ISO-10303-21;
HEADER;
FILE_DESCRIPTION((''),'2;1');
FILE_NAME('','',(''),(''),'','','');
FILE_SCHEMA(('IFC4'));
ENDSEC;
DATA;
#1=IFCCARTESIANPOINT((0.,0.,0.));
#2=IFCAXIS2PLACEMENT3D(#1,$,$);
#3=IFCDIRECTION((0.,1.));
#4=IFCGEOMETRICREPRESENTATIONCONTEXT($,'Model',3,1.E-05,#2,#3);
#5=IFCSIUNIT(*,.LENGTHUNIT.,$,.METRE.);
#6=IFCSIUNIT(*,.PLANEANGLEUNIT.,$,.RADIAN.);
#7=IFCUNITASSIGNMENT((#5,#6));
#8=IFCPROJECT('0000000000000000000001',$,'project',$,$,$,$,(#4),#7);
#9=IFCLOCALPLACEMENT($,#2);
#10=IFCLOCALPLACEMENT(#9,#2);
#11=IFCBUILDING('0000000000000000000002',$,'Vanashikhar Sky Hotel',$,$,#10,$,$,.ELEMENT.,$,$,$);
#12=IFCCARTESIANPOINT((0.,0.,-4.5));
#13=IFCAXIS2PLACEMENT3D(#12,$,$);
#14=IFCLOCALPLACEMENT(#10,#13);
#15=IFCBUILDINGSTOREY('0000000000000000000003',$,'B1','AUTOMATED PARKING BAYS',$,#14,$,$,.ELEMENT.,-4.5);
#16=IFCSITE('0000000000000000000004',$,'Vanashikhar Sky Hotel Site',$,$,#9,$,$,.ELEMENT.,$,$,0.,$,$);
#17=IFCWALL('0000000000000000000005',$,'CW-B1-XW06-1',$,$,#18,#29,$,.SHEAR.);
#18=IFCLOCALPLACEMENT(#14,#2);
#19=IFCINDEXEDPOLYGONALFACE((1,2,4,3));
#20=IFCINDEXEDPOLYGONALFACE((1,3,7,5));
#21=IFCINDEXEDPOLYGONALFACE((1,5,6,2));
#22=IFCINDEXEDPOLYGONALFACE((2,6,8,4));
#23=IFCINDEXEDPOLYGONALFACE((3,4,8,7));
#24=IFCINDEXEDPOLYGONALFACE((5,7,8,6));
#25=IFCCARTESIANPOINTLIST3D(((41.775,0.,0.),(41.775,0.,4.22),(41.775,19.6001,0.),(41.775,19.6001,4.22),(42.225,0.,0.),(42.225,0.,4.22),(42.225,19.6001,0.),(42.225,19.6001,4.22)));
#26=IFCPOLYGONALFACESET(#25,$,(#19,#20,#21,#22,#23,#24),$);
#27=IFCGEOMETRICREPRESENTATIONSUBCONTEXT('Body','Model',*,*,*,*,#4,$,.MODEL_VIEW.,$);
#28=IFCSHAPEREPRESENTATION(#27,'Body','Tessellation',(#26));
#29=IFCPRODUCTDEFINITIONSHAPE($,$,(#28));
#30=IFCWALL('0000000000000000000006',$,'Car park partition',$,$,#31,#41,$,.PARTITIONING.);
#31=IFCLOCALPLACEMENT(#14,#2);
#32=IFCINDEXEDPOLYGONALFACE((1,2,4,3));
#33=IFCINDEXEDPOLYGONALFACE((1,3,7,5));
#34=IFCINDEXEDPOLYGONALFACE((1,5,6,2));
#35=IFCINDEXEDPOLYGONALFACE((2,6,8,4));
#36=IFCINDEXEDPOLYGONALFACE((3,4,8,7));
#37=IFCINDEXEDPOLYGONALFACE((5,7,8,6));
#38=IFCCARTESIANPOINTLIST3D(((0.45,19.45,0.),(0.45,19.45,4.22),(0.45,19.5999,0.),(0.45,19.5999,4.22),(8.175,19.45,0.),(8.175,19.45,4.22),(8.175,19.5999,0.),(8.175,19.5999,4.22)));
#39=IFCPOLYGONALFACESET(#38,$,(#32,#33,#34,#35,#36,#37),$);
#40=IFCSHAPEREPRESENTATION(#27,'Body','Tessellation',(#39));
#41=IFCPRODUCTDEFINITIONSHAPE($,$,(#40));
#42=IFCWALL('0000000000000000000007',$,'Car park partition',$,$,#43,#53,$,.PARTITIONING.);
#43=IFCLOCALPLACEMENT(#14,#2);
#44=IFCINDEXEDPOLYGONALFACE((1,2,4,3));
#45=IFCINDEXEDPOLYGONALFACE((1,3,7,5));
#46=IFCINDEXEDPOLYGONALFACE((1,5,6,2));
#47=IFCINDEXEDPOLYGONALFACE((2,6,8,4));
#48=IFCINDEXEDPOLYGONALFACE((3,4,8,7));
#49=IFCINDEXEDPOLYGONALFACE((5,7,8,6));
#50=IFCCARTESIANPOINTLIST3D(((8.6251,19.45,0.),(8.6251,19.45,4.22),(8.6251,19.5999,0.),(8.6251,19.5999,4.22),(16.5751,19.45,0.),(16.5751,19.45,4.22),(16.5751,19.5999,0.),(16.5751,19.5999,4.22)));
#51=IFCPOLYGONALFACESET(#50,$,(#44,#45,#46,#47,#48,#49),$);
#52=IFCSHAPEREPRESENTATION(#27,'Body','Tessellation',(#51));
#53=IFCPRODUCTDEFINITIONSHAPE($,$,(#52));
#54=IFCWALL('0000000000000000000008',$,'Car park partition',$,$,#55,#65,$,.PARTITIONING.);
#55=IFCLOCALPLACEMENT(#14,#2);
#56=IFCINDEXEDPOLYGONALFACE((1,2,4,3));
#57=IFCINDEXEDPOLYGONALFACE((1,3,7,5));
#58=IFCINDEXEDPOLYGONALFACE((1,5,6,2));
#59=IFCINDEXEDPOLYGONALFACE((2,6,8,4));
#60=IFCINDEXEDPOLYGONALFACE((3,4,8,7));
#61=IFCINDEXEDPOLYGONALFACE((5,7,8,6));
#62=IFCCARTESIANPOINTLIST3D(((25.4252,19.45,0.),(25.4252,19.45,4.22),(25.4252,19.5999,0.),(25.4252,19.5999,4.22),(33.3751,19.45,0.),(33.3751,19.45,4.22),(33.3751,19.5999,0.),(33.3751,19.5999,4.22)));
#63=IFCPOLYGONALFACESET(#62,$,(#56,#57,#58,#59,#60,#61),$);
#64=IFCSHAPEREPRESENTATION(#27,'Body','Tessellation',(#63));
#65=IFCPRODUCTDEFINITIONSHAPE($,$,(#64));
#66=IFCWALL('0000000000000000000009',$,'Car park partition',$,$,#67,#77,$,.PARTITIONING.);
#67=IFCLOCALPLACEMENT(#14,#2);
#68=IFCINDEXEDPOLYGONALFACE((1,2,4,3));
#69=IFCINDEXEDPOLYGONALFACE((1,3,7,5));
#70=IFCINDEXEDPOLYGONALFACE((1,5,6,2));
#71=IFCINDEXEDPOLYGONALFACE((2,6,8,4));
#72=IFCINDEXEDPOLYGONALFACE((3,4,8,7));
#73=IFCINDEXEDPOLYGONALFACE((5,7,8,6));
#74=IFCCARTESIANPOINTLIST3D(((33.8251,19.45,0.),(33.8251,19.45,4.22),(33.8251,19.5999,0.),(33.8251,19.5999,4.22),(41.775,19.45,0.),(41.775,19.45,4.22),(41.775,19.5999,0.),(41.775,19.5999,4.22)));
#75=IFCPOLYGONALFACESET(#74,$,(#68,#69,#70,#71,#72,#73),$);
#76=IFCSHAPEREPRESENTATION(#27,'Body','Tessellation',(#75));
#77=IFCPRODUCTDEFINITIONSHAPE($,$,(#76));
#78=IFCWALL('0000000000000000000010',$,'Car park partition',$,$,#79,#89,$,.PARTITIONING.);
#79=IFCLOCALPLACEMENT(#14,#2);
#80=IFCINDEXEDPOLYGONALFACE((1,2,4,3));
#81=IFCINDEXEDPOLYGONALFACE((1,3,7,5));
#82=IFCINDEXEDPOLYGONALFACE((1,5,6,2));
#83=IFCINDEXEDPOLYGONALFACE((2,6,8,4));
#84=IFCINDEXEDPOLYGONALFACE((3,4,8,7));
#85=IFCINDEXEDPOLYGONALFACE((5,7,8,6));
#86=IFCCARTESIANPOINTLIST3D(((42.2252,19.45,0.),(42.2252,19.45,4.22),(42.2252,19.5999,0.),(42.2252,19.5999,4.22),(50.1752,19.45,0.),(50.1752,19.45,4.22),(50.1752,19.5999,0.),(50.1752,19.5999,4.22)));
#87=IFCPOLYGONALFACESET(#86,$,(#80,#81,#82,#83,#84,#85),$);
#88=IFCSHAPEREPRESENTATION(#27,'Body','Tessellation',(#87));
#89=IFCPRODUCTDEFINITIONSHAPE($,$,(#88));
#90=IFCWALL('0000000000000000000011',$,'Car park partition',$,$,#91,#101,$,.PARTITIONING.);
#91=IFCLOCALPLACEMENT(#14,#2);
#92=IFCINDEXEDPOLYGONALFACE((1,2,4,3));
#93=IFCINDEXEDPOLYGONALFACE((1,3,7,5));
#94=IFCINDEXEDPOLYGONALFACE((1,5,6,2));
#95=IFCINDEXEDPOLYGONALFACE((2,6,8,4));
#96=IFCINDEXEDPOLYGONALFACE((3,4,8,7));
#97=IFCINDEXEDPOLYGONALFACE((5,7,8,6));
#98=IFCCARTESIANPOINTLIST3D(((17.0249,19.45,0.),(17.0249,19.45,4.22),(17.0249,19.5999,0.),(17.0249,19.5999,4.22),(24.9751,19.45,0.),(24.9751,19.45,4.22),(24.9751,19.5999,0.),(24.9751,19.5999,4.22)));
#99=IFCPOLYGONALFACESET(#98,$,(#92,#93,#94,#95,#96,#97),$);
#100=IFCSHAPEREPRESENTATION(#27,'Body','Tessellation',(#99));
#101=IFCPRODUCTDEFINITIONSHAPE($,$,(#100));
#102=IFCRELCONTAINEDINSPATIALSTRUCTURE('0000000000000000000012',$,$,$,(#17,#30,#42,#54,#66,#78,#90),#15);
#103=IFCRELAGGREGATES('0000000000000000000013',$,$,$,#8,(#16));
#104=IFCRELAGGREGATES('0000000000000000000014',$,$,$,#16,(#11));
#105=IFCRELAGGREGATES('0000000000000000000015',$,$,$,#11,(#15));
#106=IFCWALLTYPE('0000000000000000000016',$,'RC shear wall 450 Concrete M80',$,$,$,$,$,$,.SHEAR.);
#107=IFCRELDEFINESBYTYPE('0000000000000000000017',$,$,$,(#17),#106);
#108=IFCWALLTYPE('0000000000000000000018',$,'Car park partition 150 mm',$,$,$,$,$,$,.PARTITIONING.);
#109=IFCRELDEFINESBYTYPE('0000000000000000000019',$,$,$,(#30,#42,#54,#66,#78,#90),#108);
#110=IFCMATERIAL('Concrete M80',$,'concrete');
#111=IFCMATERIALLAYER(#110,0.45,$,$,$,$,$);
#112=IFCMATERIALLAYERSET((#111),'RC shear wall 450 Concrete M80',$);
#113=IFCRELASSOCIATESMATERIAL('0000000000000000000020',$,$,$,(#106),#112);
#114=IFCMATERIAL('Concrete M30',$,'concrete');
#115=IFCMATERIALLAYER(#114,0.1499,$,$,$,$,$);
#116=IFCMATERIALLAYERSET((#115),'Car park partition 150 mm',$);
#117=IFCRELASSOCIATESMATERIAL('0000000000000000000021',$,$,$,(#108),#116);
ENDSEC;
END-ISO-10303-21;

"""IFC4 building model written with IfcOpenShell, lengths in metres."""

from ifc_helpers import new_model, si_unit, direction, frame, frame_2d, origin, place, context, subcontext, project, spatial, rectangle, extrude, source, transform, mapped, material, layer, layer_set, type_object, element, save


model = new_model("IFC4")

# Units and contexts
model_context = context("Model", 3, precision=1e-05, world=origin(), true_north=direction((0.0, 1.0)))
body_context = subcontext(model_context, "Body", "Model", "MODEL_VIEW")
ifc_project = project(units=[si_unit("LENGTHUNIT", "METRE"), si_unit("PLANEANGLEUNIT", "RADIAN")], contexts=[model_context])

# Site, building, storey
site_placement = place(None, origin())
site = spatial("IfcSite", under=ifc_project, at=site_placement, Name="Vanashikhar Sky Hotel Site", CompositionType="ELEMENT", RefElevation=0.0)
building_placement = place(site_placement, origin())
building = spatial("IfcBuilding", under=site, at=building_placement, Name="Vanashikhar Sky Hotel", CompositionType="ELEMENT")
storey_placement = place(building_placement, frame((0.0, 0.0, -4.5)))
storey = spatial("IfcBuildingStorey", under=building, at=storey_placement, Name="B1", Description="AUTOMATED PARKING BAYS", CompositionType="ELEMENT", Elevation=-4.5)

# Walls
ifc_material_1 = material(Name="Concrete M80", Category="concrete")
ifc_layer_1 = layer(ifc_material_1, 0.45)
ifc_layer_set_1 = layer_set([ifc_layer_1], Name="RC shear wall 450 Concrete M80")
wall_type_1 = type_object("IfcWallType", Name="RC shear wall 450 Concrete M80", PredefinedType="SHEAR", material=ifc_layer_set_1)
shared_shape_1 = source(origin(), body_context, "Body", "SweptSolid", [
    extrude(rectangle(XDim=19.6001, YDim=0.45, at=frame_2d((9.8, 0.0))), origin(), (0.0, 0.0, 1.0), 4.22),
])
for number, where, z_axis, x_axis, name in (
    (1, (42.0, 0.0, 0.0), (0.0, 0.0, 1.0), (0.0, 1.0, 0.0), "CW-B1-XW06-1"),
):
    element("IfcWall", number, at=place(storey_placement, frame(where, z_axis=z_axis, x_axis=x_axis)), inside=storey, type_object=wall_type_1, Name=name, PredefinedType="SHEAR", context=body_context, shape_type="MappedRepresentation", body=[
        mapped(shared_shape_1, transform((0.0, 0.0, 0.0), scale=1.0)),
    ])
ifc_material_2 = material(Name="Concrete M30", Category="concrete")
ifc_layer_2 = layer(ifc_material_2, 0.1499)
ifc_layer_set_2 = layer_set([ifc_layer_2], Name="Car park partition 150 mm")
wall_type_2 = type_object("IfcWallType", Name="Car park partition 150 mm", PredefinedType="PARTITIONING", material=ifc_layer_set_2)
shared_shape_2 = source(origin(), body_context, "Body", "SweptSolid", [
    extrude(rectangle(XDim=7.7251, YDim=0.1499, at=frame_2d((3.8625, 0.0))), origin(), (0.0, 0.0, 1.0), 4.22),
])
wall_1_placement = place(storey_placement, frame((0.45, 19.5249, 0.0), z_axis=(0.0, 0.0, 1.0), x_axis=(1.0, 0.0, 0.0)))
element("IfcWall", 2, at=wall_1_placement, inside=storey, type_object=wall_type_2, Name="Car park partition", PredefinedType="PARTITIONING", context=body_context, shape_type="MappedRepresentation", body=[
    mapped(shared_shape_2, transform((0.0, 0.0, 0.0), scale=1.0)),
])
shared_shape_3 = source(origin(), body_context, "Body", "SweptSolid", [
    extrude(rectangle(XDim=7.95, YDim=0.1499, at=frame_2d((3.9751, 0.0))), origin(), (0.0, 0.0, 1.0), 4.22),
])
for number, where, z_axis, x_axis, name in (
    (3, (8.625, 19.5249, 0.0), (0.0, 0.0, 1.0), (1.0, 0.0, 0.0), "Car park partition"),
    (4, (25.425, 19.5249, 0.0), (0.0, 0.0, 1.0), (1.0, 0.0, 0.0), "Car park partition"),
    (5, (33.825, 19.5249, 0.0), (0.0, 0.0, 1.0), (1.0, 0.0, 0.0), "Car park partition"),
    (6, (42.2251, 19.5249, 0.0), (0.0, 0.0, 1.0), (1.0, 0.0, 0.0), "Car park partition"),
):
    element("IfcWall", number, at=place(storey_placement, frame(where, z_axis=z_axis, x_axis=x_axis)), inside=storey, type_object=wall_type_2, Name=name, PredefinedType="PARTITIONING", context=body_context, shape_type="MappedRepresentation", body=[
        mapped(shared_shape_3, transform((0.0, 0.0, 0.0), scale=1.0)),
    ])
shared_shape_4 = source(origin(), body_context, "Body", "SweptSolid", [
    extrude(rectangle(XDim=7.9502, YDim=0.1499, at=frame_2d((3.9751, 0.0))), origin(), (0.0, 0.0, 1.0), 4.22),
])
wall_2_placement = place(storey_placement, frame((17.0249, 19.5249, 0.0), z_axis=(0.0, 0.0, 1.0), x_axis=(1.0, 0.0, 0.0)))
element("IfcWall", 7, at=wall_2_placement, inside=storey, type_object=wall_type_2, Name="Car park partition", PredefinedType="PARTITIONING", context=body_context, shape_type="MappedRepresentation", body=[
    mapped(shared_shape_4, transform((0.0, 0.0, 0.0), scale=1.0)),
])

save(model, "model.ifc")
